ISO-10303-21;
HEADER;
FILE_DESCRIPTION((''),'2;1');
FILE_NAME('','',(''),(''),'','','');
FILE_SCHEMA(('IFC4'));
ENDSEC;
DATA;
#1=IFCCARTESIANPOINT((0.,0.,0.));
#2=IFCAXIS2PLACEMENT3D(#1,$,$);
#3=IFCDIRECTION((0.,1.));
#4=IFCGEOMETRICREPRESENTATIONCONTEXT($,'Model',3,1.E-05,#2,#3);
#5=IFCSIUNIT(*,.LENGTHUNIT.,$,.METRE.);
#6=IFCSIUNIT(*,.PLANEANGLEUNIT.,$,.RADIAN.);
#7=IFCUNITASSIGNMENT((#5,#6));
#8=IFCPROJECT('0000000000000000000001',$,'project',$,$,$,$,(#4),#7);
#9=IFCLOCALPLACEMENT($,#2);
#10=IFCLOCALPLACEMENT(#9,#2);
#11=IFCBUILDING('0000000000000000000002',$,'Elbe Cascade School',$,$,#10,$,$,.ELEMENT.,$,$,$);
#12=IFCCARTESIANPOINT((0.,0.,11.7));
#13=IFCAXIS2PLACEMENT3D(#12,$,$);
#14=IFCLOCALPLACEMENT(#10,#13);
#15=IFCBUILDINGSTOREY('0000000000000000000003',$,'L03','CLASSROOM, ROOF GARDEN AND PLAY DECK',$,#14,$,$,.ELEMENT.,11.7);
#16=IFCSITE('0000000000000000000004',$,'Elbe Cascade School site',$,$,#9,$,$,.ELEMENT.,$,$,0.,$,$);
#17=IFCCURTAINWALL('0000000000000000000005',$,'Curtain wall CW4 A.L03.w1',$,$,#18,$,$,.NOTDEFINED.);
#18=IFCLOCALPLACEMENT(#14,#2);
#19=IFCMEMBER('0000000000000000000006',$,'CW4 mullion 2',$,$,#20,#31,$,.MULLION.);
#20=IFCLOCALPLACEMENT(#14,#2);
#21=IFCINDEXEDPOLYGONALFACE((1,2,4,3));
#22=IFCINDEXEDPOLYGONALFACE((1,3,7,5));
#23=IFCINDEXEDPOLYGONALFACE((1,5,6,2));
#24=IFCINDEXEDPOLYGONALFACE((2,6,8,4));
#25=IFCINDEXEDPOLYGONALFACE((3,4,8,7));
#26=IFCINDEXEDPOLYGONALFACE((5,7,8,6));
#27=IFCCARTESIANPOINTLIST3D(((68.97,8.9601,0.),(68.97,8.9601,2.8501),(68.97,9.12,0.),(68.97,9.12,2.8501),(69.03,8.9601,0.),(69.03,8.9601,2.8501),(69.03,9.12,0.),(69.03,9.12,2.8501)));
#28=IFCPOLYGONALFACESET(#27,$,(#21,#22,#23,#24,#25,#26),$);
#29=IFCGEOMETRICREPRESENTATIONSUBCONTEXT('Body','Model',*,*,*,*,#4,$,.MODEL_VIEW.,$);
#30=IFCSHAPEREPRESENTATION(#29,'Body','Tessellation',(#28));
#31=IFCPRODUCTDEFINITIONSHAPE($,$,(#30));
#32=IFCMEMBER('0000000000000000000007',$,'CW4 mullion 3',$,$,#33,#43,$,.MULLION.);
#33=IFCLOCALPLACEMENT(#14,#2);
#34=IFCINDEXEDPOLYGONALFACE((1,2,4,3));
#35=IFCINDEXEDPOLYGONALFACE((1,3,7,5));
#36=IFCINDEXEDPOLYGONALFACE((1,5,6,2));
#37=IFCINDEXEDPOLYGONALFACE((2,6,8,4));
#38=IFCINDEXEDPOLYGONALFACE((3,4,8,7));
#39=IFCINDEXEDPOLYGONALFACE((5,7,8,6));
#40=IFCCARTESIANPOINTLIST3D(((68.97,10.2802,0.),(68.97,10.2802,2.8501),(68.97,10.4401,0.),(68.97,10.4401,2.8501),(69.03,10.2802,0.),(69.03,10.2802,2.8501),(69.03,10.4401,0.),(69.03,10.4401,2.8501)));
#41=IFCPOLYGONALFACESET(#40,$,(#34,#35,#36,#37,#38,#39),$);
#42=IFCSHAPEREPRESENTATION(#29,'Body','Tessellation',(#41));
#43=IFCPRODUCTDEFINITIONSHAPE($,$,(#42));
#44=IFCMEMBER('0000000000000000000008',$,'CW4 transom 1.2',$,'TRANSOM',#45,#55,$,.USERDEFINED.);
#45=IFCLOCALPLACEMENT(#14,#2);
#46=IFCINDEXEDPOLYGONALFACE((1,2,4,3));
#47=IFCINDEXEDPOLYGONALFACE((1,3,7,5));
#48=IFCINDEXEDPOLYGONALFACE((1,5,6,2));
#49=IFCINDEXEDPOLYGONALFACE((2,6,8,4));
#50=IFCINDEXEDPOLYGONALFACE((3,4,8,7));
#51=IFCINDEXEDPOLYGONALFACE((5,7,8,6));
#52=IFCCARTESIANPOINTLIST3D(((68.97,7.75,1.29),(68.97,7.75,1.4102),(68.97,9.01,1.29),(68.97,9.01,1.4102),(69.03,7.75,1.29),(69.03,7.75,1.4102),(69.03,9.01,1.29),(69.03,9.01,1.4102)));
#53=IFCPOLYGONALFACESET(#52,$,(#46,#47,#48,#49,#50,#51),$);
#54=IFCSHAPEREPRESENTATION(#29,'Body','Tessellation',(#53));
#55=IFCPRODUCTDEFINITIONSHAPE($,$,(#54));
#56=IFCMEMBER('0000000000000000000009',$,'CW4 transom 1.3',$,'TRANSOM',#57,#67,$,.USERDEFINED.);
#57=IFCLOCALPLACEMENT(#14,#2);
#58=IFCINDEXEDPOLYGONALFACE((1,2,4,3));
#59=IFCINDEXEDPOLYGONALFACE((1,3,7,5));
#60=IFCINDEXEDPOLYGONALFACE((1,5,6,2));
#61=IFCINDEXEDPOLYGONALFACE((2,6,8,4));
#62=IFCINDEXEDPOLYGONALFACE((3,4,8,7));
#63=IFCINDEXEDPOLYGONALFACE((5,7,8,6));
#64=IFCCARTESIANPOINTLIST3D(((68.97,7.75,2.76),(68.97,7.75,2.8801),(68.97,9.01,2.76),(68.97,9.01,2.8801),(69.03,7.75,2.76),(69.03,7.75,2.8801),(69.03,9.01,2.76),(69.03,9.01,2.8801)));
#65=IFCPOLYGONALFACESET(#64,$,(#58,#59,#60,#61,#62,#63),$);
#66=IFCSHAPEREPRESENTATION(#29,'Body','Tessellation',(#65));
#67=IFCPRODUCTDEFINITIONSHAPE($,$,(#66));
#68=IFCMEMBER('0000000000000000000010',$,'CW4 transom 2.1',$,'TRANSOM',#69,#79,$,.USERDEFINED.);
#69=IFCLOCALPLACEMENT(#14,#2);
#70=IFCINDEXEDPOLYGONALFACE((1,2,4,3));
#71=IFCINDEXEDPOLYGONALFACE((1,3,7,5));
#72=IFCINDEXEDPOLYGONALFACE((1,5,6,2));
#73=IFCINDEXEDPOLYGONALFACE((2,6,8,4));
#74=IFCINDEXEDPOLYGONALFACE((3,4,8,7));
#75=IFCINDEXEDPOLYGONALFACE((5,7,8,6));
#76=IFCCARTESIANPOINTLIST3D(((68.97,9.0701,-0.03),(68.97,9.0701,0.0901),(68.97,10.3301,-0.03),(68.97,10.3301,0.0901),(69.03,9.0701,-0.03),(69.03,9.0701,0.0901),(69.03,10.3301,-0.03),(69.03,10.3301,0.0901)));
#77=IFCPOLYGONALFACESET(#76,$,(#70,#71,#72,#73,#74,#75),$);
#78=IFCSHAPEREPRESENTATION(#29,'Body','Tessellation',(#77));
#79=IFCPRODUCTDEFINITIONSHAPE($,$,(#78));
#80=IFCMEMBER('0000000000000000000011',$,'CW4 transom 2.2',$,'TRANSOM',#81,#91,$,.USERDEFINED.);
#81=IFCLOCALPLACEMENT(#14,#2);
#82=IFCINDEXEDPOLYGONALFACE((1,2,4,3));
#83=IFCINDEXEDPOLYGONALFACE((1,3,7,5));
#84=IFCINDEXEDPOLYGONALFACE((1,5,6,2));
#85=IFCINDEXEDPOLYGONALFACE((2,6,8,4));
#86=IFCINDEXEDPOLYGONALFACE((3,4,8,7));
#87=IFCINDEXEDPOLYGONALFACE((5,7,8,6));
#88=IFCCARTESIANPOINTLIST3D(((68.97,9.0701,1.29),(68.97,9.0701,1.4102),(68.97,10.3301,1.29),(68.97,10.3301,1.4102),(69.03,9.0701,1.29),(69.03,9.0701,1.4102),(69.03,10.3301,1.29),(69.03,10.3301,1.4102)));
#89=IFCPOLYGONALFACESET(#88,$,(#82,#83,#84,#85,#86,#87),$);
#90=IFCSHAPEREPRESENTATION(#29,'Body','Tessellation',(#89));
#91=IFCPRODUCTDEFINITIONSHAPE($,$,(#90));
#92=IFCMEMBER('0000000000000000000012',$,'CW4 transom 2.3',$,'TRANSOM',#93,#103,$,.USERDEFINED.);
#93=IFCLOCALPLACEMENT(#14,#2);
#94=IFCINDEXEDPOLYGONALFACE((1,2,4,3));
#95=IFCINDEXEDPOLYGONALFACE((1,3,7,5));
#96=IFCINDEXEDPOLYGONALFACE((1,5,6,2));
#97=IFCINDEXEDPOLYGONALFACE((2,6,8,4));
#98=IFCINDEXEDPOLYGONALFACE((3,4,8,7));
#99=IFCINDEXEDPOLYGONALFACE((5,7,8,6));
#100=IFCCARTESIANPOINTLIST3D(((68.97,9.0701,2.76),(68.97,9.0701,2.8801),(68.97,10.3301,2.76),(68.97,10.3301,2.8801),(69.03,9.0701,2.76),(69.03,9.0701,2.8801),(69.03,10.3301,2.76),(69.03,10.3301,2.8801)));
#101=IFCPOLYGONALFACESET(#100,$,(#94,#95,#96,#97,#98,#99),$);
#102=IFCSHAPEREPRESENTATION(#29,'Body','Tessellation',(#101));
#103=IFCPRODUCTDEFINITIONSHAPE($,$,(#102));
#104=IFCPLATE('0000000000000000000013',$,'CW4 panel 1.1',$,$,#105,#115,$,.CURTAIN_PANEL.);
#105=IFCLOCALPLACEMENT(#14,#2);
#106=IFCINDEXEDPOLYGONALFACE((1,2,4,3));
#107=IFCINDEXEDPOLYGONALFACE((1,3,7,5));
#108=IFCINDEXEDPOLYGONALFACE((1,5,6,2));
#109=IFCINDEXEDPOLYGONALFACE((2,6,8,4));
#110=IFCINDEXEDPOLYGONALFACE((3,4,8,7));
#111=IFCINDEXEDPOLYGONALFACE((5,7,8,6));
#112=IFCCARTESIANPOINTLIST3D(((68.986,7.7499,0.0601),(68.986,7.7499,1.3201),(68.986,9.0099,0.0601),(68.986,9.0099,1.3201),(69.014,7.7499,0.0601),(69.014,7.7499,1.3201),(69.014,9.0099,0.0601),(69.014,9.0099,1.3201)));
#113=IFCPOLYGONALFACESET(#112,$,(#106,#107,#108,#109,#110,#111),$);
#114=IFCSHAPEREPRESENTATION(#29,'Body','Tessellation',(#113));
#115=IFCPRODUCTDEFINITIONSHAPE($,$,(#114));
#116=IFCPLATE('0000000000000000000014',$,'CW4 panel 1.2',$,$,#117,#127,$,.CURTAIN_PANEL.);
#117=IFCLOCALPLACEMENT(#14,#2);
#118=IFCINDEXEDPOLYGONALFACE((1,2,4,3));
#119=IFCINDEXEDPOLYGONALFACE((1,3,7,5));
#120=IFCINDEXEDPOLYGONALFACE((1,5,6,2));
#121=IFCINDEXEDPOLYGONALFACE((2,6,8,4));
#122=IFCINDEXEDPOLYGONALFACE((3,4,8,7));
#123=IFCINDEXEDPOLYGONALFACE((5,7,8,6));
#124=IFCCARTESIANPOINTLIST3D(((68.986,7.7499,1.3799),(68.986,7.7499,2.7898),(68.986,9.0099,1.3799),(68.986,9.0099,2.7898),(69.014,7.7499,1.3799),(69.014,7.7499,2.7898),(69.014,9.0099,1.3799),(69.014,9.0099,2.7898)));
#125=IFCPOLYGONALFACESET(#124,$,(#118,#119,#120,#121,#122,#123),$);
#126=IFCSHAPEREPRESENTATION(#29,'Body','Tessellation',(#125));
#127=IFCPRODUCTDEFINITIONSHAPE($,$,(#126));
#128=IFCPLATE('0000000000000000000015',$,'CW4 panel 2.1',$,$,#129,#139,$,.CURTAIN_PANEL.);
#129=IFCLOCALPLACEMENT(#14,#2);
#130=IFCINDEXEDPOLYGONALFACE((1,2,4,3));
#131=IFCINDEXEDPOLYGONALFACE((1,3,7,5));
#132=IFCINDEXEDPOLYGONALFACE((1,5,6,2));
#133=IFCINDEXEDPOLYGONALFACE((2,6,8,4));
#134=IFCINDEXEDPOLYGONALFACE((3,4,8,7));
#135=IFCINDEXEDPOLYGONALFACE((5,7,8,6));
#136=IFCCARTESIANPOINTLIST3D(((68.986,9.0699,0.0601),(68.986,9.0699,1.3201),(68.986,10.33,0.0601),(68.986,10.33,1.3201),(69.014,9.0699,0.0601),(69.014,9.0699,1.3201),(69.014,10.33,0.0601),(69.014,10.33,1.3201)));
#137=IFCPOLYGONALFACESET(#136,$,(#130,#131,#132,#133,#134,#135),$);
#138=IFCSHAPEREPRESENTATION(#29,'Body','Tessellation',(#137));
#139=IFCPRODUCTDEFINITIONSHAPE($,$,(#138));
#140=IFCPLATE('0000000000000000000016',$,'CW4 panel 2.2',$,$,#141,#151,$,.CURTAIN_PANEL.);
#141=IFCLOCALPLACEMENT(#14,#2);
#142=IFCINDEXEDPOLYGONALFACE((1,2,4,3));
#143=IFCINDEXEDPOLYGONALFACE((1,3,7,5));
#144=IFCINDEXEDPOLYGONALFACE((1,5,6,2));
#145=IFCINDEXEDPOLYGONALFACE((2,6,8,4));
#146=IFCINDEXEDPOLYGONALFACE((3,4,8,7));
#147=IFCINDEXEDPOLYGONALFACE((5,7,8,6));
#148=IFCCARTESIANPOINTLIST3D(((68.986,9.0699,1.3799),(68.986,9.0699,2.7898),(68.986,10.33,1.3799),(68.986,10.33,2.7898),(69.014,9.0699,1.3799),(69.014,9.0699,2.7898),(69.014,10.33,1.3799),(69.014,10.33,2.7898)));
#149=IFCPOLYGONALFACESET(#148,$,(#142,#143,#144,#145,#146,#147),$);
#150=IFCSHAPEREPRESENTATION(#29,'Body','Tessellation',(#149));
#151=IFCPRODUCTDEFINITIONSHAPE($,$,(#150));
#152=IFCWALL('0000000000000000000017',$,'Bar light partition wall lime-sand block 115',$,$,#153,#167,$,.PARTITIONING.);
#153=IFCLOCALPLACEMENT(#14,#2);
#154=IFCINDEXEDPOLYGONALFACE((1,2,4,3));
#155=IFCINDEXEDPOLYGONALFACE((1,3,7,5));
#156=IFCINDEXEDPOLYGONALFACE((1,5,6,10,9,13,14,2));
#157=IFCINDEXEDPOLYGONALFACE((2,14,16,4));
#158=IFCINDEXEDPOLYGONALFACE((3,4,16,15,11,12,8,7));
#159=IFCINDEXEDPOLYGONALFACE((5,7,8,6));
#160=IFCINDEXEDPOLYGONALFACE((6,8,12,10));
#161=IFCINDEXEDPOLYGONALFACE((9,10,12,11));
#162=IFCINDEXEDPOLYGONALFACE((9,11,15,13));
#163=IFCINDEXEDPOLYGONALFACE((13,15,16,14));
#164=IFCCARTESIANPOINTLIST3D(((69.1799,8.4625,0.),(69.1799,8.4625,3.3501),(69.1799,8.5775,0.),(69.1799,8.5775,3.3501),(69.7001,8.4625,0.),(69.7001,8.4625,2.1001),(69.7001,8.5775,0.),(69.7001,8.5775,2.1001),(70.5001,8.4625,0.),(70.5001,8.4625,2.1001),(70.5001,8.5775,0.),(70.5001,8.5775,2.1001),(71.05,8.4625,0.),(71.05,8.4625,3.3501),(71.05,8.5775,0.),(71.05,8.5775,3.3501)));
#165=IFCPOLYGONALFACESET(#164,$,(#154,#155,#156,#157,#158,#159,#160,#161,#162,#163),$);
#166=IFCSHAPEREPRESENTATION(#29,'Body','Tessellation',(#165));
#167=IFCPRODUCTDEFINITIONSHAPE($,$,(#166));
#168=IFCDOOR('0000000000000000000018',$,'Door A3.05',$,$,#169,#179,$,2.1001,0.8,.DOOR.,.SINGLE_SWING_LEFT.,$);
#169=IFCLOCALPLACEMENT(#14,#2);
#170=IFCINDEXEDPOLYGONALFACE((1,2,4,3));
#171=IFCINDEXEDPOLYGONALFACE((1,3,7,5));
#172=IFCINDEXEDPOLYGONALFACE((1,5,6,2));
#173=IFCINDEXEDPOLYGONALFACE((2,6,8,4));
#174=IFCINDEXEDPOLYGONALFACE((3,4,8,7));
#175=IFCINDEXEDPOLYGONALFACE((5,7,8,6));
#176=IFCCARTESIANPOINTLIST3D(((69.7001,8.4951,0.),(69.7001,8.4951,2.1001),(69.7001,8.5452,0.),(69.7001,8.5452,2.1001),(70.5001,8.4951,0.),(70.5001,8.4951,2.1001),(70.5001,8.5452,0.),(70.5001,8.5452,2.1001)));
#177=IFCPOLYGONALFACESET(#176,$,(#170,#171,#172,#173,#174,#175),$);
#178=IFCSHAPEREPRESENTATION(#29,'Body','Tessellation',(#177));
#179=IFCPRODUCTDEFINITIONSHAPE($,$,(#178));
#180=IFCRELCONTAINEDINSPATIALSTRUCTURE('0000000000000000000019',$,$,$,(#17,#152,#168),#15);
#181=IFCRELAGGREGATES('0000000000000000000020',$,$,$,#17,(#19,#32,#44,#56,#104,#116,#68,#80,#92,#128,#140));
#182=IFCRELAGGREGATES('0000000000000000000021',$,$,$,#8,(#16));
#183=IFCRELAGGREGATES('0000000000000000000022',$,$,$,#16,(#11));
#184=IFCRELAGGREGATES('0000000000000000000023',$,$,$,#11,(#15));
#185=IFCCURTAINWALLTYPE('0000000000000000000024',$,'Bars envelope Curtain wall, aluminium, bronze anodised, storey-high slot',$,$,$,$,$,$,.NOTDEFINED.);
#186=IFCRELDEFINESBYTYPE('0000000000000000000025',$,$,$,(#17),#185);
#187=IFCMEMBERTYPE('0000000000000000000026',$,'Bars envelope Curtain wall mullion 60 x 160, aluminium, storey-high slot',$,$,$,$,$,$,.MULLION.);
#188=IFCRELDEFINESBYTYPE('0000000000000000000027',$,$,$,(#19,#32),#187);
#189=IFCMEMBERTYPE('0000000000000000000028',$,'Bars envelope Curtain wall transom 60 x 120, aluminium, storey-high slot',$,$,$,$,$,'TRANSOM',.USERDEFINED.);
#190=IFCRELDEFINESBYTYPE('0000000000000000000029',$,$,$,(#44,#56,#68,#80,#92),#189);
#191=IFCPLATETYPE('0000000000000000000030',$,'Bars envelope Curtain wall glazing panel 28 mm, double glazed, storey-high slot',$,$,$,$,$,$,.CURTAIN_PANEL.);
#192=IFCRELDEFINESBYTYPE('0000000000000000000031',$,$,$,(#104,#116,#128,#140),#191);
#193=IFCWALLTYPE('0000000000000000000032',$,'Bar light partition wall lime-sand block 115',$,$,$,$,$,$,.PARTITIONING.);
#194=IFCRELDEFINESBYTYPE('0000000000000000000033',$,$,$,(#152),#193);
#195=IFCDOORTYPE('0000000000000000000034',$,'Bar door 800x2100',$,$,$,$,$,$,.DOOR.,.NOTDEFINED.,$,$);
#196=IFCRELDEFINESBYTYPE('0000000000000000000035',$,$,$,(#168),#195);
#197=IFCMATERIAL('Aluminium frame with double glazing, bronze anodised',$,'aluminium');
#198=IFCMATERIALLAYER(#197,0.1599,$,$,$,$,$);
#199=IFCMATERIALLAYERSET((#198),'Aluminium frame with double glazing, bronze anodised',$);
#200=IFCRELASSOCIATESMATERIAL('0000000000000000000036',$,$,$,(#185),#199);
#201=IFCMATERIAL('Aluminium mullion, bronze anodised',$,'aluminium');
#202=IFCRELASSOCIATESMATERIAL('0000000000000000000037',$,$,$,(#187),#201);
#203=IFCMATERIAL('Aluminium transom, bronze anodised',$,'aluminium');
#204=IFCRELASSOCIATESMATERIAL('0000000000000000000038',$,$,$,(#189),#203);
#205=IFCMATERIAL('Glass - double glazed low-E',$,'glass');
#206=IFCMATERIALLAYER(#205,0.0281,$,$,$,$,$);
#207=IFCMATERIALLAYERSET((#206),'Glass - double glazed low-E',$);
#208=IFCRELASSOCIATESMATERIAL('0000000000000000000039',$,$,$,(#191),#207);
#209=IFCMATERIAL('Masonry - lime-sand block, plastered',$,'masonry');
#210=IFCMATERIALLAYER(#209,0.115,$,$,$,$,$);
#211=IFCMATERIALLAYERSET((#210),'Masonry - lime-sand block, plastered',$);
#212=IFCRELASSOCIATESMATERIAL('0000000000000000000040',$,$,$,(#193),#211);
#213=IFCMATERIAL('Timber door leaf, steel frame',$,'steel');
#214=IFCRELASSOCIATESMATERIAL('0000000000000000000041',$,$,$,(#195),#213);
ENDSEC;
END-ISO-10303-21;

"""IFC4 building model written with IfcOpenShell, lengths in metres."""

from ifc_helpers import new_model, si_unit, direction, frame, frame_2d, origin, origin_2d, place, context, subcontext, project, spatial, rectangle, extrude, material, layer, layer_set, material_profile, profile_set, type_object, element, fill, aggregate, save


model = new_model("IFC4")

# Units and contexts
model_context = context("Model", 3, precision=1e-05, world=origin(), true_north=direction((0.0, 1.0)))
body_context = subcontext(model_context, "Body", "Model", "MODEL_VIEW")
ifc_project = project(units=[si_unit("LENGTHUNIT", "METRE"), si_unit("PLANEANGLEUNIT", "RADIAN")], contexts=[model_context])

# Site, building, storey
site_placement = place(None, origin())
site = spatial("IfcSite", under=ifc_project, at=site_placement, Name="Elbe Cascade School site", CompositionType="ELEMENT", RefElevation=0.0)
building_placement = place(site_placement, origin())
building = spatial("IfcBuilding", under=site, at=building_placement, Name="Elbe Cascade School", CompositionType="ELEMENT")
storey_placement = place(building_placement, frame((0.0, 0.0, 11.7)))
storey = spatial("IfcBuildingStorey", under=building, at=storey_placement, Name="L03", Description="CLASSROOM, ROOF GARDEN AND PLAY DECK", CompositionType="ELEMENT", Elevation=11.7)

# Curtain wall, members, plates
ifc_material_1 = material(Name="Aluminium frame with double glazing, bronze anodised", Category="aluminium")
ifc_layer_1 = layer(ifc_material_1, 0.1599)
ifc_layer_set_1 = layer_set([ifc_layer_1], Name="Aluminium frame with double glazing, bronze anodised")
curtain_wall_type = type_object("IfcCurtainWallType", Name="Bars envelope Curtain wall, aluminium, bronze anodised, storey-high slot", PredefinedType="NOTDEFINED", material=ifc_layer_set_1)
curtain_wall_placement = place(storey_placement, origin())
curtain_wall = element("IfcCurtainWall", 1, at=curtain_wall_placement, inside=storey, type_object=curtain_wall_type, Name="Curtain wall CW4 A.L03.w1", PredefinedType="NOTDEFINED")
ifc_material_2 = material(Name="Aluminium mullion, bronze anodised", Category="aluminium")
ifc_material_profile_1 = material_profile(ifc_material_2, rectangle(XDim=0.0601, YDim=0.1599, at=origin_2d()), Name="Bars envelope Curtain wall mullion 60 x 160, aluminium, storey-high slot")
ifc_profile_set_1 = profile_set([ifc_material_profile_1], Name="Aluminium mullion, bronze anodised")
member_type_1 = type_object("IfcMemberType", Name="Bars envelope Curtain wall mullion 60 x 160, aluminium, storey-high slot", PredefinedType="MULLION", material=ifc_profile_set_1)
member_1_placement = place(storey_placement, frame((69.0, 9.04, 0.0), z_axis=(0.0, 0.0, 1.0), x_axis=(-1.0, 0.0, 0.0)))
member_1 = element("IfcMember", 2, at=member_1_placement, type_object=member_type_1, Name="CW4 mullion 2", PredefinedType="MULLION", context=body_context, shape_type="SweptSolid", body=[
    extrude(rectangle(XDim=0.0601, YDim=0.1599, at=origin_2d()), origin(), (0.0, 0.0, 1.0), 2.8501),
])
member_2_placement = place(storey_placement, frame((69.0, 10.3601, 0.0), z_axis=(0.0, 0.0, 1.0), x_axis=(-1.0, 0.0, 0.0)))
member_2 = element("IfcMember", 3, at=member_2_placement, type_object=member_type_1, Name="CW4 mullion 3", PredefinedType="MULLION", context=body_context, shape_type="SweptSolid", body=[
    extrude(rectangle(XDim=0.0601, YDim=0.1599, at=origin_2d()), origin(), (0.0, 0.0, 1.0), 2.8501),
])
ifc_material_3 = material(Name="Aluminium transom, bronze anodised", Category="aluminium")
ifc_material_profile_2 = material_profile(ifc_material_3, rectangle(XDim=0.0601, YDim=0.1201, at=origin_2d()), Name="Bars envelope Curtain wall transom 60 x 120, aluminium, storey-high slot")
ifc_profile_set_2 = profile_set([ifc_material_profile_2], Name="Aluminium transom, bronze anodised")
member_type_2 = type_object("IfcMemberType", Name="Bars envelope Curtain wall transom 60 x 120, aluminium, storey-high slot", ElementType="TRANSOM", PredefinedType="USERDEFINED", material=ifc_profile_set_2)
member_3_placement = place(storey_placement, frame((69.0, 7.75, 1.3501), z_axis=(0.0, 1.0, 0.0), x_axis=(-1.0, 0.0, 0.0)))
member_3 = element("IfcMember", 4, at=member_3_placement, type_object=member_type_2, Name="CW4 transom 1.2", ObjectType="TRANSOM", PredefinedType="USERDEFINED", context=body_context, shape_type="SweptSolid", body=[
    extrude(rectangle(XDim=0.0601, YDim=0.1201, at=origin_2d()), origin(), (0.0, 0.0, 1.0), 1.26),
])
member_4_placement = place(storey_placement, frame((69.0, 7.75, 2.8201), z_axis=(0.0, 1.0, 0.0), x_axis=(-1.0, 0.0, 0.0)))
member_4 = element("IfcMember", 5, at=member_4_placement, type_object=member_type_2, Name="CW4 transom 1.3", ObjectType="TRANSOM", PredefinedType="USERDEFINED", context=body_context, shape_type="SweptSolid", body=[
    extrude(rectangle(XDim=0.0601, YDim=0.1201, at=origin_2d()), origin(), (0.0, 0.0, 1.0), 1.26),
])
member_5_placement = place(storey_placement, frame((69.0, 9.0701, 0.03), z_axis=(0.0, 1.0, 0.0), x_axis=(-1.0, 0.0, 0.0)))
member_5 = element("IfcMember", 6, at=member_5_placement, type_object=member_type_2, Name="CW4 transom 2.1", ObjectType="TRANSOM", PredefinedType="USERDEFINED", context=body_context, shape_type="SweptSolid", body=[
    extrude(rectangle(XDim=0.0601, YDim=0.1201, at=origin_2d()), origin(), (0.0, 0.0, 1.0), 1.26),
])
member_6_placement = place(storey_placement, frame((69.0, 9.0701, 1.3501), z_axis=(0.0, 1.0, 0.0), x_axis=(-1.0, 0.0, 0.0)))
member_6 = element("IfcMember", 7, at=member_6_placement, type_object=member_type_2, Name="CW4 transom 2.2", ObjectType="TRANSOM", PredefinedType="USERDEFINED", context=body_context, shape_type="SweptSolid", body=[
    extrude(rectangle(XDim=0.0601, YDim=0.1201, at=origin_2d()), origin(), (0.0, 0.0, 1.0), 1.26),
])
member_7_placement = place(storey_placement, frame((69.0, 9.0701, 2.8201), z_axis=(0.0, 1.0, 0.0), x_axis=(-1.0, 0.0, 0.0)))
member_7 = element("IfcMember", 8, at=member_7_placement, type_object=member_type_2, Name="CW4 transom 2.3", ObjectType="TRANSOM", PredefinedType="USERDEFINED", context=body_context, shape_type="SweptSolid", body=[
    extrude(rectangle(XDim=0.0601, YDim=0.1201, at=origin_2d()), origin(), (0.0, 0.0, 1.0), 1.26),
])
ifc_material_4 = material(Name="Glass - double glazed low-E", Category="glass")
ifc_layer_2 = layer(ifc_material_4, 0.0281)
ifc_layer_set_2 = layer_set([ifc_layer_2], Name="Glass - double glazed low-E")
plate_type = type_object("IfcPlateType", Name="Bars envelope Curtain wall glazing panel 28 mm, double glazed, storey-high slot", PredefinedType="CURTAIN_PANEL", material=ifc_layer_set_2)
plate_1_placement = place(storey_placement, frame((69.0, 8.3799, 0.0601), z_axis=(0.0, 0.0, 1.0), x_axis=(0.0, 1.0, 0.0)))
plate_1 = element("IfcPlate", 9, at=plate_1_placement, type_object=plate_type, Name="CW4 panel 1.1", PredefinedType="CURTAIN_PANEL", context=body_context, shape_type="SweptSolid", body=[
    extrude(rectangle(XDim=1.26, YDim=0.0281, at=origin_2d()), origin(), (0.0, 0.0, 1.0), 1.26),
])
plate_2_placement = place(storey_placement, frame((69.0, 8.3799, 1.3799), z_axis=(0.0, 0.0, 1.0), x_axis=(0.0, 1.0, 0.0)))
plate_2 = element("IfcPlate", 10, at=plate_2_placement, type_object=plate_type, Name="CW4 panel 1.2", PredefinedType="CURTAIN_PANEL", context=body_context, shape_type="SweptSolid", body=[
    extrude(rectangle(XDim=1.26, YDim=0.0281, at=origin_2d()), origin(), (0.0, 0.0, 1.0), 1.4099),
])
plate_3_placement = place(storey_placement, frame((69.0, 9.7, 0.0601), z_axis=(0.0, 0.0, 1.0), x_axis=(0.0, 1.0, 0.0)))
plate_3 = element("IfcPlate", 11, at=plate_3_placement, type_object=plate_type, Name="CW4 panel 2.1", PredefinedType="CURTAIN_PANEL", context=body_context, shape_type="SweptSolid", body=[
    extrude(rectangle(XDim=1.26, YDim=0.0281, at=origin_2d()), origin(), (0.0, 0.0, 1.0), 1.26),
])
plate_4_placement = place(storey_placement, frame((69.0, 9.7, 1.3799), z_axis=(0.0, 0.0, 1.0), x_axis=(0.0, 1.0, 0.0)))
plate_4 = element("IfcPlate", 12, at=plate_4_placement, type_object=plate_type, Name="CW4 panel 2.2", PredefinedType="CURTAIN_PANEL", context=body_context, shape_type="SweptSolid", body=[
    extrude(rectangle(XDim=1.26, YDim=0.0281, at=origin_2d()), origin(), (0.0, 0.0, 1.0), 1.4099),
])
aggregate(curtain_wall, [member_1, member_2, member_3, member_4, plate_1, plate_2, member_5, member_6, member_7, plate_3, plate_4])

# Wall, opening, door
ifc_material_5 = material(Name="Masonry - lime-sand block, plastered", Category="masonry")
ifc_layer_3 = layer(ifc_material_5, 0.115)
ifc_layer_set_3 = layer_set([ifc_layer_3], Name="Masonry - lime-sand block, plastered")
wall_type_1 = type_object("IfcWallType", Name="Bar light partition wall lime-sand block 115", PredefinedType="PARTITIONING", material=ifc_layer_set_3)
wall_1_placement = place(storey_placement, frame((71.05, 8.52, 0.0), z_axis=(0.0, 0.0, 1.0), x_axis=(-1.0, 0.0, 0.0)))
wall_1 = element("IfcWall", 13, at=wall_1_placement, inside=storey, type_object=wall_type_1, Name="Bar light partition wall lime-sand block 115", PredefinedType="PARTITIONING", context=body_context, shape_type="SweptSolid", body=[
    extrude(rectangle(XDim=1.8701, YDim=0.115, at=frame_2d((0.9351, 0.0))), origin(), (0.0, 0.0, 1.0), 3.3501),
])
opening_1_placement = place(wall_1_placement, frame((0.55, 0.0, 0.0)))
opening_1 = element("IfcOpeningElement", 14, at=opening_1_placement, cuts=wall_1, PredefinedType="OPENING", context=body_context, shape_type="SweptSolid", body=[
    extrude(rectangle(XDim=0.8, YDim=2.1001, at=frame_2d((0.3999, 1.05))), frame((0.0, 0.0674, 0.0), z_axis=(0.0, -1.0, 0.0), x_axis=(1.0, 0.0, 0.0)), (0.0, 0.0, 1.0), 0.135),
])
ifc_material_6 = material(Name="Timber door leaf, steel frame", Category="steel")
door_type_1 = type_object("IfcDoorType", Name="Bar door 800x2100", OperationType="NOTDEFINED", PredefinedType="DOOR", material=ifc_material_6)
door_1_placement = place(opening_1_placement, origin())
door_1 = element("IfcDoor", 15, at=door_1_placement, inside=storey, type_object=door_type_1, Name="Door A3.05", OperationType="SINGLE_SWING_LEFT", OverallHeight=2.1001, OverallWidth=0.8, PredefinedType="DOOR", context=body_context, shape_type="SweptSolid", body=[
    extrude(rectangle(XDim=0.8, YDim=2.1001, at=frame_2d((0.3999, 1.05))), frame((0.0, 0.0249, 0.0), z_axis=(0.0, -1.0, 0.0), x_axis=(1.0, 0.0, 0.0)), (0.0, 0.0, 1.0), 0.05),
])
fill(opening_1, door_1)

save(model, "model.ifc")
